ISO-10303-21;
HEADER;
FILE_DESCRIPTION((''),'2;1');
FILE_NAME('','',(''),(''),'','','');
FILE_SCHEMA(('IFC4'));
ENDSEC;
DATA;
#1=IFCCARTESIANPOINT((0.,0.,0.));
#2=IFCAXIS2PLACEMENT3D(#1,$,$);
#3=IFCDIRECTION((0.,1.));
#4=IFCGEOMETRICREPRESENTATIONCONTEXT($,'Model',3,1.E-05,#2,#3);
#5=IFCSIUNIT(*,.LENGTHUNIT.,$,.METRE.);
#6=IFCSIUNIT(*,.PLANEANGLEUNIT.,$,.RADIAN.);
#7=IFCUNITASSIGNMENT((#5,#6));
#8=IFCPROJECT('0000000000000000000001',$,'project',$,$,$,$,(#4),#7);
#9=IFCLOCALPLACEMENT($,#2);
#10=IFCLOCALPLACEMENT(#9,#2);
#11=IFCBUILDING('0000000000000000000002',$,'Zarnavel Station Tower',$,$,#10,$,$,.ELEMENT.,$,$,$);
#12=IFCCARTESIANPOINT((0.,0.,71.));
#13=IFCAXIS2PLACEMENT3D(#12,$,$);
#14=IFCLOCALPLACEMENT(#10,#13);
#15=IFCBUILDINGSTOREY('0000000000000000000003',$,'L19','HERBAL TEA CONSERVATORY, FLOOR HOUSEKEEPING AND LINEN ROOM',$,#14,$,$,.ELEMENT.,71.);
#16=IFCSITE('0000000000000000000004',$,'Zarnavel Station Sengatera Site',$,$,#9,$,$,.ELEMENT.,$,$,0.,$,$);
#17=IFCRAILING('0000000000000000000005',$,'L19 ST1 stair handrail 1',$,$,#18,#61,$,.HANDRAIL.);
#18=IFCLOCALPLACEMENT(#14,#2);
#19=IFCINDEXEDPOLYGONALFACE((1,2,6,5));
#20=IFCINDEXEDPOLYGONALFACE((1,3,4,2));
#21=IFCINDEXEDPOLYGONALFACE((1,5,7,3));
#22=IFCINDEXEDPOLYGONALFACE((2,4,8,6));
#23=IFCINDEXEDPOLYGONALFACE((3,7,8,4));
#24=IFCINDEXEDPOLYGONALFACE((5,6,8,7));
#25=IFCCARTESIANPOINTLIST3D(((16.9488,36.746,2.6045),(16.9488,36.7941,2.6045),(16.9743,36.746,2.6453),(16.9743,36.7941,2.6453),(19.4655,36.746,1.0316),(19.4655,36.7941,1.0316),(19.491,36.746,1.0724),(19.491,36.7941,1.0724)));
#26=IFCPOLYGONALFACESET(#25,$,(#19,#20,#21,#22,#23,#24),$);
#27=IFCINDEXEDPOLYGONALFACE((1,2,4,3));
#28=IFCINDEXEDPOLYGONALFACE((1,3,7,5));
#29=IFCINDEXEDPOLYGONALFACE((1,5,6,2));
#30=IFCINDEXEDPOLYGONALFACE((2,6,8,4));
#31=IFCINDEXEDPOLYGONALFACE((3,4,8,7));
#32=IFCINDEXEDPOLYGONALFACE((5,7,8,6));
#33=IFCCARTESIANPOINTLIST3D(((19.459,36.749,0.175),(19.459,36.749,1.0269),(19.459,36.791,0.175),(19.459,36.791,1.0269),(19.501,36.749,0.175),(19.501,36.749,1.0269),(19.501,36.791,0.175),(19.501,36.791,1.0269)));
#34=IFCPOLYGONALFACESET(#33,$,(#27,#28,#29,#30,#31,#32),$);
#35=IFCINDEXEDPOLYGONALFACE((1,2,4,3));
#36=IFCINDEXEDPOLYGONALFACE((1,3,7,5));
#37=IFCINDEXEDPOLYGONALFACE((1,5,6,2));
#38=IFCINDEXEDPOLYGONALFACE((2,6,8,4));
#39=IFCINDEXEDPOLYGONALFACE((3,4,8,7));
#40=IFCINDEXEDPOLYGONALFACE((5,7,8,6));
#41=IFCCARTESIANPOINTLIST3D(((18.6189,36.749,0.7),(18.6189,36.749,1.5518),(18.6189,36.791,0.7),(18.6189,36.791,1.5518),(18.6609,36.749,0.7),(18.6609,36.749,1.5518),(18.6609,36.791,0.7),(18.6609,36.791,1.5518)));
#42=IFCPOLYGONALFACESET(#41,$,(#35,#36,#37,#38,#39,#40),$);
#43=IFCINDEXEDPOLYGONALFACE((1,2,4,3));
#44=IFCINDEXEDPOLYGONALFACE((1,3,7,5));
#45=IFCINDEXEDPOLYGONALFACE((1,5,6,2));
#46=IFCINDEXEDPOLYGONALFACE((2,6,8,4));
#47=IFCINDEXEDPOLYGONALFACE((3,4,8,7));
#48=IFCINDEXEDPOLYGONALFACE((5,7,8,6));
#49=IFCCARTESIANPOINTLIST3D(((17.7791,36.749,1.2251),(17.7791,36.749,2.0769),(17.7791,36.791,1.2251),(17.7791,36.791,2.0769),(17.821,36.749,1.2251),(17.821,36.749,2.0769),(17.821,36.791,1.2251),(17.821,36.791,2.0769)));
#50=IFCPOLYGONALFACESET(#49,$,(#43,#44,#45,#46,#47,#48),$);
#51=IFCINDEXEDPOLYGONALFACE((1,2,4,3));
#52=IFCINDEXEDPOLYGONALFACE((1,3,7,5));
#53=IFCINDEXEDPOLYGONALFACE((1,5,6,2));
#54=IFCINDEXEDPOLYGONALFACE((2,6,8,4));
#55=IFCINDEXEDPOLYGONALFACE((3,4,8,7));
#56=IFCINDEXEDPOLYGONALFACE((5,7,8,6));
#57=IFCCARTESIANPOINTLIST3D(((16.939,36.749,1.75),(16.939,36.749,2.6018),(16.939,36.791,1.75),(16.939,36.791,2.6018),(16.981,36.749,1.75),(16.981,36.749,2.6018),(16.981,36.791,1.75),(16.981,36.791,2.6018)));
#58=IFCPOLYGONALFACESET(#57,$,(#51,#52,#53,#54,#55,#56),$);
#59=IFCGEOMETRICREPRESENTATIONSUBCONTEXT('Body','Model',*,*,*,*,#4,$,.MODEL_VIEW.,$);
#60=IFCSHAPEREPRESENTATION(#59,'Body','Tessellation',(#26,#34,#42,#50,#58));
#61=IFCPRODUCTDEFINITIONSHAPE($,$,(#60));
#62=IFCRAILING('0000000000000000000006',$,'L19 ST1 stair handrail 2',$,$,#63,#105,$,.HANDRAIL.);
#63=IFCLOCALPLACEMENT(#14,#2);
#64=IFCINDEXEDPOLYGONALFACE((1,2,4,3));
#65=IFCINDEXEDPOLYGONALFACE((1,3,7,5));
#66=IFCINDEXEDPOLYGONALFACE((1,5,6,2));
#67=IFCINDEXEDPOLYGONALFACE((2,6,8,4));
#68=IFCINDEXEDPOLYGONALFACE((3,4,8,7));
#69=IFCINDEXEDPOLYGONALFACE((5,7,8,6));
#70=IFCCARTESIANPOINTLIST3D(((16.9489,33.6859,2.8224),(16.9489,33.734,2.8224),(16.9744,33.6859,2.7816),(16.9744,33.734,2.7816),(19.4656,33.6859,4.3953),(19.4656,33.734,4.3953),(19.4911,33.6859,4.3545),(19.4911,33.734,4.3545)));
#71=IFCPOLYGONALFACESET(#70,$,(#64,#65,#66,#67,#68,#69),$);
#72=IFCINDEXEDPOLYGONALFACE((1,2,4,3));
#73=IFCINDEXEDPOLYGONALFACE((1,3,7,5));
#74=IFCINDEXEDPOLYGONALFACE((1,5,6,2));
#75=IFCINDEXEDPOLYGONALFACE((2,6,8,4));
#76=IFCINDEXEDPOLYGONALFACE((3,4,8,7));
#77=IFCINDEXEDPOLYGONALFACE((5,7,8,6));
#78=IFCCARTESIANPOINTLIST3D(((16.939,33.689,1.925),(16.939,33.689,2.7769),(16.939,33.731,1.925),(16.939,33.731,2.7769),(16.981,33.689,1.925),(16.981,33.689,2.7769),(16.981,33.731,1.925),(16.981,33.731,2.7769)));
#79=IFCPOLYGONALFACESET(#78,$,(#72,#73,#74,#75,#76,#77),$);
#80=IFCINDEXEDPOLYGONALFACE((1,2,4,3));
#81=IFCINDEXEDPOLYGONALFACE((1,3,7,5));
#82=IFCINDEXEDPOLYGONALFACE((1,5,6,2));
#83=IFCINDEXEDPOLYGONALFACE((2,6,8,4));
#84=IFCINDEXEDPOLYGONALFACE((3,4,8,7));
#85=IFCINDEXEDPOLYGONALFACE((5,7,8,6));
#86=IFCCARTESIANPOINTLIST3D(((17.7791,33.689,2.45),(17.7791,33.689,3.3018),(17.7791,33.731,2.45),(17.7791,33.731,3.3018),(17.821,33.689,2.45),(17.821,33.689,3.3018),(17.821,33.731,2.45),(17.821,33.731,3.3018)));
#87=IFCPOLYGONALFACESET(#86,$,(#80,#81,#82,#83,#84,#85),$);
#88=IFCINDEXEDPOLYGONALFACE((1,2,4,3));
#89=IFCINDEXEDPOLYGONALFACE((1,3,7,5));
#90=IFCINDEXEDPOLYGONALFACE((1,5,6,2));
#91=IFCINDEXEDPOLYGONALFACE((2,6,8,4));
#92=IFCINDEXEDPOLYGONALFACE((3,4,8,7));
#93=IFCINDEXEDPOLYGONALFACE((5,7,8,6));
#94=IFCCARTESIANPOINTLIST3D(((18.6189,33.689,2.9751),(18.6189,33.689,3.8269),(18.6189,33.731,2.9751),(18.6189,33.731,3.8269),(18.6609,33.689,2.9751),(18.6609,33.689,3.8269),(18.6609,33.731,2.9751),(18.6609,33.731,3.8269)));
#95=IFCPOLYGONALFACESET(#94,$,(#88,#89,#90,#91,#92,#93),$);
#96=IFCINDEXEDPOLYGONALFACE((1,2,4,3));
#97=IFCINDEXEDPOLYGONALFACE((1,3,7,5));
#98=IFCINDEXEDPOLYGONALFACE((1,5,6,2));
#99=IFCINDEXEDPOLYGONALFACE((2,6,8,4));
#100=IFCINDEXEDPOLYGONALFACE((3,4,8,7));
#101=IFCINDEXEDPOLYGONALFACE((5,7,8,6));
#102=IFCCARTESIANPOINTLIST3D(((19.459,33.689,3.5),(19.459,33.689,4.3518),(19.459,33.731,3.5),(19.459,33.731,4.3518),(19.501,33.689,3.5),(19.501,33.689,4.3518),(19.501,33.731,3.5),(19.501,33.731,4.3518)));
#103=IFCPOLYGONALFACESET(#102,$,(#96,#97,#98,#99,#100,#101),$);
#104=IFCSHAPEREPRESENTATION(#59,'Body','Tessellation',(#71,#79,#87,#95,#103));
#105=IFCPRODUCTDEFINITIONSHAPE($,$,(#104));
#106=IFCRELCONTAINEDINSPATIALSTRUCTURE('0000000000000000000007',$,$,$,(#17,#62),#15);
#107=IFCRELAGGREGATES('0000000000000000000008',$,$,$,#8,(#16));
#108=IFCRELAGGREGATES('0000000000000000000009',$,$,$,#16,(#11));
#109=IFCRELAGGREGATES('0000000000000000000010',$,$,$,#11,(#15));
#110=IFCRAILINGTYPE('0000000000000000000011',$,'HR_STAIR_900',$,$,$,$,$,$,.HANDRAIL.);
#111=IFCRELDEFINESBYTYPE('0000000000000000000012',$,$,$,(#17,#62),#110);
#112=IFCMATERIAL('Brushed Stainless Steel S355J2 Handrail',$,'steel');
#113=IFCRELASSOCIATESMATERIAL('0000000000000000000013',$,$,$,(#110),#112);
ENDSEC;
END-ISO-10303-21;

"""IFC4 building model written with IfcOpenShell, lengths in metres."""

from ifc_helpers import new_model, si_unit, direction, frame, origin, origin_2d, place, context, subcontext, project, spatial, rectangle, extrude, material, type_object, element, save


model = new_model("IFC4")

# Units and contexts
model_context = context("Model", 3, precision=1e-05, world=origin(), true_north=direction((0.0, 1.0)))
body_context = subcontext(model_context, "Body", "Model", "MODEL_VIEW")
ifc_project = project(units=[si_unit("LENGTHUNIT", "METRE"), si_unit("PLANEANGLEUNIT", "RADIAN")], contexts=[model_context])

# Site, building, storey
site_placement = place(None, origin())
site = spatial("IfcSite", under=ifc_project, at=site_placement, Name="Zarnavel Station Sengatera Site", CompositionType="ELEMENT", RefElevation=0.0)
building_placement = place(site_placement, origin())
building = spatial("IfcBuilding", under=site, at=building_placement, Name="Zarnavel Station Tower", CompositionType="ELEMENT")
storey_placement = place(building_placement, frame((0.0, 0.0, 71.0)))
storey = spatial("IfcBuildingStorey", under=building, at=storey_placement, Name="L19", Description="HERBAL TEA CONSERVATORY, FLOOR HOUSEKEEPING AND LINEN ROOM", CompositionType="ELEMENT", Elevation=71.0)

# Railings
ifc_material_1 = material(Name="Brushed Stainless Steel S355J2 Handrail", Category="steel")
railing_type_1 = type_object("IfcRailingType", Name="HR_STAIR_900", PredefinedType="HANDRAIL", material=ifc_material_1)
railing_1_placement = place(storey_placement, frame((19.48, 36.77, 0.175)))
element("IfcRailing", 1, at=railing_1_placement, inside=storey, type_object=railing_type_1, Name="L19 ST1 stair handrail 1", PredefinedType="HANDRAIL", context=body_context, shape_type="SweptSolid", body=[
    extrude(rectangle(XDim=0.0481, YDim=0.0481, at=origin_2d()), frame((-0.0017, 0.0, 0.877), z_axis=(-0.848008, 0.0, 0.529984), x_axis=(0.0, -1.0, 0.0)), (0.0, 0.0, 1.0), 2.9678),
    extrude(rectangle(XDim=0.042, YDim=0.042, at=origin_2d()), origin(), (0.0, 0.0, 1.0), 0.8518),
    extrude(rectangle(XDim=0.042, YDim=0.042, at=origin_2d()), frame((-0.8401, 0.0, 0.5249)), (0.0, 0.0, 1.0), 0.8518),
    extrude(rectangle(XDim=0.042, YDim=0.042, at=origin_2d()), frame((-1.6799, 0.0, 1.05)), (0.0, 0.0, 1.0), 0.8518),
    extrude(rectangle(XDim=0.042, YDim=0.042, at=origin_2d()), frame((-2.52, 0.0, 1.575)), (0.0, 0.0, 1.0), 0.8518),
])
railing_2_placement = place(storey_placement, frame((16.96, 33.71, 1.925)))
element("IfcRailing", 2, at=railing_2_placement, inside=storey, type_object=railing_type_1, Name="L19 ST1 stair handrail 2", PredefinedType="HANDRAIL", context=body_context, shape_type="SweptSolid", body=[
    extrude(rectangle(XDim=0.0481, YDim=0.0481, at=origin_2d()), frame((0.0017, 0.0, 0.877), z_axis=(0.848008, 0.0, 0.529984), x_axis=(0.0, 1.0, 0.0)), (0.0, 0.0, 1.0), 2.9678),
    extrude(rectangle(XDim=0.042, YDim=0.042, at=origin_2d()), origin(), (0.0, 0.0, 1.0), 0.8518),
    extrude(rectangle(XDim=0.042, YDim=0.042, at=origin_2d()), frame((0.8401, 0.0, 0.5249)), (0.0, 0.0, 1.0), 0.8518),
    extrude(rectangle(XDim=0.042, YDim=0.042, at=origin_2d()), frame((1.6799, 0.0, 1.05)), (0.0, 0.0, 1.0), 0.8518),
    extrude(rectangle(XDim=0.042, YDim=0.042, at=origin_2d()), frame((2.52, 0.0, 1.575)), (0.0, 0.0, 1.0), 0.8518),
])

save(model, "model.ifc")
